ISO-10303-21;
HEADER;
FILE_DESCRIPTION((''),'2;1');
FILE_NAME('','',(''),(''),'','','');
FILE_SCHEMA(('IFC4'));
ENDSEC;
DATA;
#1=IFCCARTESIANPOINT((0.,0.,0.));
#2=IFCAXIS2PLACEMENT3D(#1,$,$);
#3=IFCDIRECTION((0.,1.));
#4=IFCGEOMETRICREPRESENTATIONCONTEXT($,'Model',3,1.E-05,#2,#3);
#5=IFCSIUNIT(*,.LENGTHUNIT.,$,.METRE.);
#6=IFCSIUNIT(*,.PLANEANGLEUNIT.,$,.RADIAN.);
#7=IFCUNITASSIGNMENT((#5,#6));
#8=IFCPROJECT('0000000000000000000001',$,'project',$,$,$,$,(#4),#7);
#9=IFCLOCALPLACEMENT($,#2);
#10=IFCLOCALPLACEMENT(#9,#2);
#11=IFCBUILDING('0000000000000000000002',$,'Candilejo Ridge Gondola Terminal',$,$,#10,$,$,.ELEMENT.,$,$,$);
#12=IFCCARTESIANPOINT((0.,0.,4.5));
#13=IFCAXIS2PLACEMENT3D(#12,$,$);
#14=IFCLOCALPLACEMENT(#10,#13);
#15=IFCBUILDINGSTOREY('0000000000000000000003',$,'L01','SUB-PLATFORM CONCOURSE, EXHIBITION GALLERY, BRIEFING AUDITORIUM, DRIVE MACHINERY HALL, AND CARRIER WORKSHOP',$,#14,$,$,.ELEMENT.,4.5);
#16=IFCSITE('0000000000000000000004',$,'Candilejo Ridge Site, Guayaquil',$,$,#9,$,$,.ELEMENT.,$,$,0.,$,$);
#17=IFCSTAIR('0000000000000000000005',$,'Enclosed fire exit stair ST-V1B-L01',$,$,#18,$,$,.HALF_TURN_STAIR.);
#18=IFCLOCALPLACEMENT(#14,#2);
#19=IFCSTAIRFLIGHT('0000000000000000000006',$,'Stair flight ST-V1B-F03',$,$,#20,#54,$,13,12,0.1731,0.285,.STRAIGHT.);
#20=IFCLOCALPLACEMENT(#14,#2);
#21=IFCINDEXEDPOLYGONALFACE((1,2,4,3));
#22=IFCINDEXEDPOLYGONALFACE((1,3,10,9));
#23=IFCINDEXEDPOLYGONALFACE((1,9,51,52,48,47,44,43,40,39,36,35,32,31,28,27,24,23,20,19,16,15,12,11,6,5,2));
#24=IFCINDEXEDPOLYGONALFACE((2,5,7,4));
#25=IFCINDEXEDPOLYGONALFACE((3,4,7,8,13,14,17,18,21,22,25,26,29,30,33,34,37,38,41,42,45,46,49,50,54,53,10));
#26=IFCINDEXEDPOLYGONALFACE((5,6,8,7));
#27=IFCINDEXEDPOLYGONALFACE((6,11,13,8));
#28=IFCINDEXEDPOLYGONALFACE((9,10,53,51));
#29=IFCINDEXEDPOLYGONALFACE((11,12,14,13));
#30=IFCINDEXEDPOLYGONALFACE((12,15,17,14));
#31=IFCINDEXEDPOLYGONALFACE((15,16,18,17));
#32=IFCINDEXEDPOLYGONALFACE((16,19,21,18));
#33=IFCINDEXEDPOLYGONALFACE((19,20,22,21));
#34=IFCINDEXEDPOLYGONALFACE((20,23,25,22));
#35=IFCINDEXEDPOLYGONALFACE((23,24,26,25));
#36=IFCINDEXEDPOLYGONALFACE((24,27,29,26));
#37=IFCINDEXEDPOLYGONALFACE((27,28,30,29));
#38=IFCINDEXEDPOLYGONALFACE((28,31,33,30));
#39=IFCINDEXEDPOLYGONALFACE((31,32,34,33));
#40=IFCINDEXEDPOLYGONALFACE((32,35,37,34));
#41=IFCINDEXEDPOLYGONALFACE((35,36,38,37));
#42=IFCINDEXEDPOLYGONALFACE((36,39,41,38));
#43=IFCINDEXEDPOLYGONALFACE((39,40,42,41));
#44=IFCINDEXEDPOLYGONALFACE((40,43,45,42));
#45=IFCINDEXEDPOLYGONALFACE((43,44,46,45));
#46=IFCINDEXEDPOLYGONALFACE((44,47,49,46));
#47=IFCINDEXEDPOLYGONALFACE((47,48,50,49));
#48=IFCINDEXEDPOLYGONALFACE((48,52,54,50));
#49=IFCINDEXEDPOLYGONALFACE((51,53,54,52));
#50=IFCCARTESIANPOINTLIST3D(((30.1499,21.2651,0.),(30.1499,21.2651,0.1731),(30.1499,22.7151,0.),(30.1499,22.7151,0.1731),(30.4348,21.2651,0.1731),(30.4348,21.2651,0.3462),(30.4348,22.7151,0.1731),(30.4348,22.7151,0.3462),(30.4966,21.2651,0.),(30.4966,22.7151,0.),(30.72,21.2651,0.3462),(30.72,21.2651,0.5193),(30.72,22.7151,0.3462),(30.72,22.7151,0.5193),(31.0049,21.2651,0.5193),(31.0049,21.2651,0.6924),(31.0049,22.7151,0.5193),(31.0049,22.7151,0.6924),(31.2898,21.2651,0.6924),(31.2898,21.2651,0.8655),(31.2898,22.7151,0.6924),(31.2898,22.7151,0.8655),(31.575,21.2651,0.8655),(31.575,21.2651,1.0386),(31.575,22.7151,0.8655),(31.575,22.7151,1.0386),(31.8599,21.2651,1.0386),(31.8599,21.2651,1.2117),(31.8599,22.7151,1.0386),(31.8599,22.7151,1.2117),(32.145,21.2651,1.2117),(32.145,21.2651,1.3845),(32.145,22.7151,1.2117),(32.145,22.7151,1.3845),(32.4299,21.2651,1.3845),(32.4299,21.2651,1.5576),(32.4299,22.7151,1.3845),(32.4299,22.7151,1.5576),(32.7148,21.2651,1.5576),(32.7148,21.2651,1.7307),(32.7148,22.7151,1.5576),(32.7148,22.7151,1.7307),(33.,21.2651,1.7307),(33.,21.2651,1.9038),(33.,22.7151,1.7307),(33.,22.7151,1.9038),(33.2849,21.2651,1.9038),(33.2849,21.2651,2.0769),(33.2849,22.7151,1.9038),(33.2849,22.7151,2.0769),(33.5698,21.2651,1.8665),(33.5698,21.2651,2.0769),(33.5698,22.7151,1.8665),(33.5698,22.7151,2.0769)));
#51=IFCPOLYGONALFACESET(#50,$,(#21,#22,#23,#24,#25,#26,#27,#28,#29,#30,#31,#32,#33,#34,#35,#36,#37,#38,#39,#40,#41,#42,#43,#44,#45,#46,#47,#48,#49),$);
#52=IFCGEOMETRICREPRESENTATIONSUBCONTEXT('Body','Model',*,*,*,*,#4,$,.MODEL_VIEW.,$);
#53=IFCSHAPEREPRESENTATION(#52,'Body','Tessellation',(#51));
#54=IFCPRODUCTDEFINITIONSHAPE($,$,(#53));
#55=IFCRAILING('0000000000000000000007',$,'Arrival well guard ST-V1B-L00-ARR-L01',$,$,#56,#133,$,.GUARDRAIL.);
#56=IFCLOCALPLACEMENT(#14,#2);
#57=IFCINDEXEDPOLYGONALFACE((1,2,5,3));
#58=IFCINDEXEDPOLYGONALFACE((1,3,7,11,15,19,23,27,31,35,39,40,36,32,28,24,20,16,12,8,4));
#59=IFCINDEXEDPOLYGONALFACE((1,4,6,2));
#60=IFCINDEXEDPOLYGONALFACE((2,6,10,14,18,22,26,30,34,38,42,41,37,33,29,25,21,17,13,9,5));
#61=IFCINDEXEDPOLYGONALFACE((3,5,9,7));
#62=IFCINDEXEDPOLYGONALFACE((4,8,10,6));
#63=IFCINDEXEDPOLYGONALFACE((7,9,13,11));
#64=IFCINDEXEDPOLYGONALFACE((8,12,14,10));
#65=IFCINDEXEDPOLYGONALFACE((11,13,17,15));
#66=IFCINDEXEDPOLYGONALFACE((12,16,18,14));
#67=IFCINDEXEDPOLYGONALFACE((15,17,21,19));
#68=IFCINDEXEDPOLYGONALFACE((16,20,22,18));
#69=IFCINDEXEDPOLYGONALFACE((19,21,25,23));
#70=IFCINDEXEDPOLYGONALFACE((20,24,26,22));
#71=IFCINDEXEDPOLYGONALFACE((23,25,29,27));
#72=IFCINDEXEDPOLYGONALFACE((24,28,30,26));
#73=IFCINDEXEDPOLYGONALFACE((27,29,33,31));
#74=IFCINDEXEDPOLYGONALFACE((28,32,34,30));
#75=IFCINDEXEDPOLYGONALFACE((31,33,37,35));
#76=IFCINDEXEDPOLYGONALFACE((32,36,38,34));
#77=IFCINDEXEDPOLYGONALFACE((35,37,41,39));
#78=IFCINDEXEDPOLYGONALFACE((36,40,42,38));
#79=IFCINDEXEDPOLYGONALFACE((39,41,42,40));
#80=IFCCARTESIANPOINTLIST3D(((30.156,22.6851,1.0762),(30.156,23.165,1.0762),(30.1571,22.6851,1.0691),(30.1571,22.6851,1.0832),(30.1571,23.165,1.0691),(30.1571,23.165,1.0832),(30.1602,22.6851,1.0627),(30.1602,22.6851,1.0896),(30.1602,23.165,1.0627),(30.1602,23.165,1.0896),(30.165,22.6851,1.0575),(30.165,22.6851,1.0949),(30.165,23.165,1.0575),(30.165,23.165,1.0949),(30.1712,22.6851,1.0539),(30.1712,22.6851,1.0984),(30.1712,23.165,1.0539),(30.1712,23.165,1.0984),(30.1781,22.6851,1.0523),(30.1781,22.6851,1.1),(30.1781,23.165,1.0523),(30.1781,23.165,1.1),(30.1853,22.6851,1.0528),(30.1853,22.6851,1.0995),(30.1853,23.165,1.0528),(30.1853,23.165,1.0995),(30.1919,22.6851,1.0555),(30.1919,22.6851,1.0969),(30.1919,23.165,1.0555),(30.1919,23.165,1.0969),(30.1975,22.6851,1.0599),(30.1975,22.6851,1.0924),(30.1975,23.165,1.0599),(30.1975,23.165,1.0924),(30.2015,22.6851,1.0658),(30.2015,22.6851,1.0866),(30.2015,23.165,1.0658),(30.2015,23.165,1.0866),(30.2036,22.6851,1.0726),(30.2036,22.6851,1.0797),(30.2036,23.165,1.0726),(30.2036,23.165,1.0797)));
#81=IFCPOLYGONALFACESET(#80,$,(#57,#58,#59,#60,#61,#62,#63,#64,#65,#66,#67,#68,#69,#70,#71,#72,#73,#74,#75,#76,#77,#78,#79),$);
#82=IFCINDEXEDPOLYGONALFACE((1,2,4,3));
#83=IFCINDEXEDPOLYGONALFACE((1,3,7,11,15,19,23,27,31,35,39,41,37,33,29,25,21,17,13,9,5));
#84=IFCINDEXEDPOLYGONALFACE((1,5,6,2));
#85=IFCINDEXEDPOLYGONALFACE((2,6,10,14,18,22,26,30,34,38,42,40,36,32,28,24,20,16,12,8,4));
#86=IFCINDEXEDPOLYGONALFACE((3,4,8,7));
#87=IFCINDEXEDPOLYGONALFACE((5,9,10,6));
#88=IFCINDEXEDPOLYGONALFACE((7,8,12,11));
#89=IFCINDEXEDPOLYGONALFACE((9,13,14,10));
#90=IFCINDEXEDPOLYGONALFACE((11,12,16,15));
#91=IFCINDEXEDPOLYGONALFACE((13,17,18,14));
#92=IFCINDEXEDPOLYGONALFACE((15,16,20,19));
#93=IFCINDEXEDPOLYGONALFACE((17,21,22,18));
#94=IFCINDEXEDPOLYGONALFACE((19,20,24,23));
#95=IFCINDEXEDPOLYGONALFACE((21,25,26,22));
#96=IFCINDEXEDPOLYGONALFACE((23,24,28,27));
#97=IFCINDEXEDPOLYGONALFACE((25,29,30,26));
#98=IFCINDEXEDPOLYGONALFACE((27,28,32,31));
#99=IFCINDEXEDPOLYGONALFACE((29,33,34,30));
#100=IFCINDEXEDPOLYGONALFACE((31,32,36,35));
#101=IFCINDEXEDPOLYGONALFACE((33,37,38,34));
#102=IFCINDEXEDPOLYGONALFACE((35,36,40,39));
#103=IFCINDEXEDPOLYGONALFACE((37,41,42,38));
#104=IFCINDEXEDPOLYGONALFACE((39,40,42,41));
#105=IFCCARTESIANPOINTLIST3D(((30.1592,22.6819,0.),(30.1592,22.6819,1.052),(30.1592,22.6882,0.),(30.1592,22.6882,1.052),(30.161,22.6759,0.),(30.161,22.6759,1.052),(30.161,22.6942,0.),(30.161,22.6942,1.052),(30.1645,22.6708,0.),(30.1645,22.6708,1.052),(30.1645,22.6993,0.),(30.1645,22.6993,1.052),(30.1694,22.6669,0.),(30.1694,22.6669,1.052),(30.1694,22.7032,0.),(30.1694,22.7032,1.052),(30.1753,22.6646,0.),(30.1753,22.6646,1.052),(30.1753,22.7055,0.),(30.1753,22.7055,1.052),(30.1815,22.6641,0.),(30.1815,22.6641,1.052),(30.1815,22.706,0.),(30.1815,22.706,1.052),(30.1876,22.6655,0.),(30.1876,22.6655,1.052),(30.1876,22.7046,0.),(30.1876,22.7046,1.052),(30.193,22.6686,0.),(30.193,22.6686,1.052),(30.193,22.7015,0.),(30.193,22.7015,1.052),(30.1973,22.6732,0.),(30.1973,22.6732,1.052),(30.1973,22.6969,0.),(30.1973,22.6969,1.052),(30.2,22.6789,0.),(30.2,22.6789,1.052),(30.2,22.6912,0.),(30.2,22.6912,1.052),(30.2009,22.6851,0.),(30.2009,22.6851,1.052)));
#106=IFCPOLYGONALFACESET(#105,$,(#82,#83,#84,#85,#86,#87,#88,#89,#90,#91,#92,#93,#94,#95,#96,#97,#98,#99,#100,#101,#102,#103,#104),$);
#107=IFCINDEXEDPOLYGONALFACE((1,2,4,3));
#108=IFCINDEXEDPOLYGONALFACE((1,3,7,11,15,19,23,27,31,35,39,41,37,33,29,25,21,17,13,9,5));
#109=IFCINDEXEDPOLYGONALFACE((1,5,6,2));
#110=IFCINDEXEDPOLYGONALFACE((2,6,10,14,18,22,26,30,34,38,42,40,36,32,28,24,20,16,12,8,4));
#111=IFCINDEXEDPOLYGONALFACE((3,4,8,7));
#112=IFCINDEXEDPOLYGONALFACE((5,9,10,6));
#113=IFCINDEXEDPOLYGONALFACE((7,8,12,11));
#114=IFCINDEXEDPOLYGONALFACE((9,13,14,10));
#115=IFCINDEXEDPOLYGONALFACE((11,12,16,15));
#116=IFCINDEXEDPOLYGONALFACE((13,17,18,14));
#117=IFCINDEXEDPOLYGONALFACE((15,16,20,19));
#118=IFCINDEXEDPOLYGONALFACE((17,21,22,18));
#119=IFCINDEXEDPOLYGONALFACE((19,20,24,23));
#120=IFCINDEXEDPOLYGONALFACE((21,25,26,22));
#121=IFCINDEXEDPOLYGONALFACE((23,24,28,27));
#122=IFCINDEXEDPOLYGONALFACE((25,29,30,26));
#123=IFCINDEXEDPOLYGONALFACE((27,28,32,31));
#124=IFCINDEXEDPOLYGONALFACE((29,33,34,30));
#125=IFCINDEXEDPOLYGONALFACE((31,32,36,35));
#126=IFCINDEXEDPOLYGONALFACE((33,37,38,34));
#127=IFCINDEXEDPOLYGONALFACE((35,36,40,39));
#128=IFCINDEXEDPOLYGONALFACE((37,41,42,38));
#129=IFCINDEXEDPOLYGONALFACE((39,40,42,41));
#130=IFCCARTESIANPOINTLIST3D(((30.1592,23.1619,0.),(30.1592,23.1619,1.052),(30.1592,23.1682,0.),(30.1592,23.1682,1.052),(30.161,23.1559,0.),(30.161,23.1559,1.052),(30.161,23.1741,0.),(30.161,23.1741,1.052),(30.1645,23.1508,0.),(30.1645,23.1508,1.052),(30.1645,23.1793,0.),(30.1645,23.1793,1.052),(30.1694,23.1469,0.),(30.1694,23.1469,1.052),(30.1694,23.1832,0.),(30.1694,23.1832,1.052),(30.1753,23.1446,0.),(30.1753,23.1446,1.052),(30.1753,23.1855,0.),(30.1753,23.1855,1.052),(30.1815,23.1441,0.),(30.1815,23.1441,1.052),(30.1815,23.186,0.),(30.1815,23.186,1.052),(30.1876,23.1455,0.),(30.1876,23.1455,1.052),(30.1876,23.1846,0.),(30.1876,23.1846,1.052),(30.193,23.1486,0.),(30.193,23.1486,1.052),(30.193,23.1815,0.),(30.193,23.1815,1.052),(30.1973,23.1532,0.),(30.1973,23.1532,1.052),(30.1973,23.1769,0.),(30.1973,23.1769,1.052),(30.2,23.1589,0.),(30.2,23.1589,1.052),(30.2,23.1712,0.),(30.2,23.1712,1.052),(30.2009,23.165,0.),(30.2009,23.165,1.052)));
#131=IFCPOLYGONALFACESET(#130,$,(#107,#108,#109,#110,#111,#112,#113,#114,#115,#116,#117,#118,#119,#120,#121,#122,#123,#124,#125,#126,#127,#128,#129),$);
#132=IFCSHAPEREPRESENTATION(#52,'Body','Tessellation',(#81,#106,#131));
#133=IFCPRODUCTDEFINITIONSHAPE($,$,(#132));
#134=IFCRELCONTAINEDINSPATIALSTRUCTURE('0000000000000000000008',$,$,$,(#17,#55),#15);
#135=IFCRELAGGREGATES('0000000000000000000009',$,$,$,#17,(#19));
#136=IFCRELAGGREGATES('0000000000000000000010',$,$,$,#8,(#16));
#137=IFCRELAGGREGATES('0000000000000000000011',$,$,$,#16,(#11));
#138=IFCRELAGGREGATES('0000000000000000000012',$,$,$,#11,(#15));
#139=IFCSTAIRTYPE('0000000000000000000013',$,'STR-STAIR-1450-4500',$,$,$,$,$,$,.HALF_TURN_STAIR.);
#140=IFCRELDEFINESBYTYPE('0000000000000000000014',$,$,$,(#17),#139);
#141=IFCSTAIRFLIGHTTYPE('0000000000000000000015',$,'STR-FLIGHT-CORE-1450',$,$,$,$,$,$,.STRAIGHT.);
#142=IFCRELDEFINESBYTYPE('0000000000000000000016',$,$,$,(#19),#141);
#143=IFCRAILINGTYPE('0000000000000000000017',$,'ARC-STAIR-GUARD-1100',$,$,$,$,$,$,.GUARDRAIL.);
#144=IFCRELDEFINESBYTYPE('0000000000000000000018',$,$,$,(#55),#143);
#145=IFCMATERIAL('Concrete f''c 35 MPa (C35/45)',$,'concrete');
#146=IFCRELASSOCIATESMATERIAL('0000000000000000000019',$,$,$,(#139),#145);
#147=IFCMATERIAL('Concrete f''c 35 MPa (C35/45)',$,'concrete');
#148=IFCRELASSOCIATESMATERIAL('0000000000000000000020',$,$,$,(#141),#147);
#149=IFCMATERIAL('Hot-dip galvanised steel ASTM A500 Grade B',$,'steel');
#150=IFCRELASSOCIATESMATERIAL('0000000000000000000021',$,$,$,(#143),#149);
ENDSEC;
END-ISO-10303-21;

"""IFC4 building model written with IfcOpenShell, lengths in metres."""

from ifc_helpers import new_model, si_unit, direction, frame, origin, origin_2d, place, context, subcontext, project, spatial, polyline, circle, outline, extrude, material, type_object, element, aggregate, save


model = new_model("IFC4")

# Units and contexts
model_context = context("Model", 3, precision=1e-05, world=origin(), true_north=direction((0.0, 1.0)))
body_context = subcontext(model_context, "Body", "Model", "MODEL_VIEW")
ifc_project = project(units=[si_unit("LENGTHUNIT", "METRE"), si_unit("PLANEANGLEUNIT", "RADIAN")], contexts=[model_context])

# Site, building, storey
site_placement = place(None, origin())
site = spatial("IfcSite", under=ifc_project, at=site_placement, Name="Candilejo Ridge Site, Guayaquil", CompositionType="ELEMENT", RefElevation=0.0)
building_placement = place(site_placement, origin())
building = spatial("IfcBuilding", under=site, at=building_placement, Name="Candilejo Ridge Gondola Terminal", CompositionType="ELEMENT")
storey_placement = place(building_placement, frame((0.0, 0.0, 4.5)))
storey = spatial("IfcBuildingStorey", under=building, at=storey_placement, Name="L01", Description="SUB-PLATFORM CONCOURSE, EXHIBITION GALLERY, BRIEFING AUDITORIUM, DRIVE MACHINERY HALL, AND CARRIER WORKSHOP", CompositionType="ELEMENT", Elevation=4.5)

# Stair, stair flight
ifc_material_1 = material(Name="Concrete f'c 35 MPa (C35/45)", Category="concrete")
stair_type = type_object("IfcStairType", Name="STR-STAIR-1450-4500", PredefinedType="HALF_TURN_STAIR", material=ifc_material_1)
stair_placement = place(storey_placement, origin())
stair = element("IfcStair", 1, at=stair_placement, inside=storey, type_object=stair_type, Name="Enclosed fire exit stair ST-V1B-L01", PredefinedType="HALF_TURN_STAIR")
ifc_material_2 = material(Name="Concrete f'c 35 MPa (C35/45)", Category="concrete")
stair_flight_type = type_object("IfcStairFlightType", Name="STR-FLIGHT-CORE-1450", PredefinedType="STRAIGHT", material=ifc_material_2)
stair_flight_placement = place(storey_placement, frame((30.1499, 21.99, 0.0), z_axis=(0.0, 0.0, 1.0), x_axis=(1.0, 0.0, 0.0)))
stair_flight = element("IfcStairFlight", 2, at=stair_flight_placement, type_object=stair_flight_type, Name="Stair flight ST-V1B-F03", NumberOfRisers=13, NumberOfTreads=12, PredefinedType="STRAIGHT", RiserHeight=0.1731, TreadLength=0.285, context=body_context, shape_type="SweptSolid", body=[
    extrude(outline(polyline([(0.0, 0.0), (0.0, 0.1731), (0.2849, 0.1731), (0.2849, 0.3462), (0.5701, 0.3462), (0.5701, 0.5193), (0.855, 0.5193), (0.855, 0.6924), (1.1399, 0.6924), (1.1399, 0.8655), (1.425, 0.8655), (1.425, 1.0386), (1.71, 1.0386), (1.71, 1.2117), (1.9951, 1.2117), (1.9951, 1.3845), (2.28, 1.3845), (2.28, 1.5576), (2.5649, 1.5576), (2.5649, 1.7307), (2.8501, 1.7307), (2.8501, 1.9038), (3.135, 1.9038), (3.135, 2.0769), (3.4199, 2.0769), (3.4199, 2.25), (3.4199, 1.8665), (0.3467, 0.0), (0.0, 0.0)])), frame((0.0, 0.7251, 0.0), z_axis=(0.0, -1.0, 0.0), x_axis=(1.0, 0.0, 0.0)), (0.0, 0.0, 1.0), 1.45),
])
aggregate(stair, [stair_flight])

# Railing
ifc_material_3 = material(Name="Hot-dip galvanised steel ASTM A500 Grade B", Category="steel")
railing_type_1 = type_object("IfcRailingType", Name="ARC-STAIR-GUARD-1100", PredefinedType="GUARDRAIL", material=ifc_material_3)
railing_1_placement = place(storey_placement, frame((30.1799, 22.6851, 0.0)))
element("IfcRailing", 3, at=railing_1_placement, inside=storey, type_object=railing_type_1, Name="Arrival well guard ST-V1B-L00-ARR-L01", PredefinedType="GUARDRAIL", context=body_context, shape_type="SweptSolid", body=[
    extrude(circle(Radius=0.0239, at=origin_2d()), frame((0.0, 0.0, 1.0762), z_axis=(0.0, 1.0, 0.0), x_axis=(-1.0, 0.0, 0.0)), (0.0, 0.0, 1.0), 0.48),
    extrude(circle(Radius=0.021, at=origin_2d()), origin(), (0.0, 0.0, 1.0), 1.052),
    extrude(circle(Radius=0.021, at=origin_2d()), frame((0.0, 0.48, 0.0)), (0.0, 0.0, 1.0), 1.052),
])

save(model, "model.ifc")
